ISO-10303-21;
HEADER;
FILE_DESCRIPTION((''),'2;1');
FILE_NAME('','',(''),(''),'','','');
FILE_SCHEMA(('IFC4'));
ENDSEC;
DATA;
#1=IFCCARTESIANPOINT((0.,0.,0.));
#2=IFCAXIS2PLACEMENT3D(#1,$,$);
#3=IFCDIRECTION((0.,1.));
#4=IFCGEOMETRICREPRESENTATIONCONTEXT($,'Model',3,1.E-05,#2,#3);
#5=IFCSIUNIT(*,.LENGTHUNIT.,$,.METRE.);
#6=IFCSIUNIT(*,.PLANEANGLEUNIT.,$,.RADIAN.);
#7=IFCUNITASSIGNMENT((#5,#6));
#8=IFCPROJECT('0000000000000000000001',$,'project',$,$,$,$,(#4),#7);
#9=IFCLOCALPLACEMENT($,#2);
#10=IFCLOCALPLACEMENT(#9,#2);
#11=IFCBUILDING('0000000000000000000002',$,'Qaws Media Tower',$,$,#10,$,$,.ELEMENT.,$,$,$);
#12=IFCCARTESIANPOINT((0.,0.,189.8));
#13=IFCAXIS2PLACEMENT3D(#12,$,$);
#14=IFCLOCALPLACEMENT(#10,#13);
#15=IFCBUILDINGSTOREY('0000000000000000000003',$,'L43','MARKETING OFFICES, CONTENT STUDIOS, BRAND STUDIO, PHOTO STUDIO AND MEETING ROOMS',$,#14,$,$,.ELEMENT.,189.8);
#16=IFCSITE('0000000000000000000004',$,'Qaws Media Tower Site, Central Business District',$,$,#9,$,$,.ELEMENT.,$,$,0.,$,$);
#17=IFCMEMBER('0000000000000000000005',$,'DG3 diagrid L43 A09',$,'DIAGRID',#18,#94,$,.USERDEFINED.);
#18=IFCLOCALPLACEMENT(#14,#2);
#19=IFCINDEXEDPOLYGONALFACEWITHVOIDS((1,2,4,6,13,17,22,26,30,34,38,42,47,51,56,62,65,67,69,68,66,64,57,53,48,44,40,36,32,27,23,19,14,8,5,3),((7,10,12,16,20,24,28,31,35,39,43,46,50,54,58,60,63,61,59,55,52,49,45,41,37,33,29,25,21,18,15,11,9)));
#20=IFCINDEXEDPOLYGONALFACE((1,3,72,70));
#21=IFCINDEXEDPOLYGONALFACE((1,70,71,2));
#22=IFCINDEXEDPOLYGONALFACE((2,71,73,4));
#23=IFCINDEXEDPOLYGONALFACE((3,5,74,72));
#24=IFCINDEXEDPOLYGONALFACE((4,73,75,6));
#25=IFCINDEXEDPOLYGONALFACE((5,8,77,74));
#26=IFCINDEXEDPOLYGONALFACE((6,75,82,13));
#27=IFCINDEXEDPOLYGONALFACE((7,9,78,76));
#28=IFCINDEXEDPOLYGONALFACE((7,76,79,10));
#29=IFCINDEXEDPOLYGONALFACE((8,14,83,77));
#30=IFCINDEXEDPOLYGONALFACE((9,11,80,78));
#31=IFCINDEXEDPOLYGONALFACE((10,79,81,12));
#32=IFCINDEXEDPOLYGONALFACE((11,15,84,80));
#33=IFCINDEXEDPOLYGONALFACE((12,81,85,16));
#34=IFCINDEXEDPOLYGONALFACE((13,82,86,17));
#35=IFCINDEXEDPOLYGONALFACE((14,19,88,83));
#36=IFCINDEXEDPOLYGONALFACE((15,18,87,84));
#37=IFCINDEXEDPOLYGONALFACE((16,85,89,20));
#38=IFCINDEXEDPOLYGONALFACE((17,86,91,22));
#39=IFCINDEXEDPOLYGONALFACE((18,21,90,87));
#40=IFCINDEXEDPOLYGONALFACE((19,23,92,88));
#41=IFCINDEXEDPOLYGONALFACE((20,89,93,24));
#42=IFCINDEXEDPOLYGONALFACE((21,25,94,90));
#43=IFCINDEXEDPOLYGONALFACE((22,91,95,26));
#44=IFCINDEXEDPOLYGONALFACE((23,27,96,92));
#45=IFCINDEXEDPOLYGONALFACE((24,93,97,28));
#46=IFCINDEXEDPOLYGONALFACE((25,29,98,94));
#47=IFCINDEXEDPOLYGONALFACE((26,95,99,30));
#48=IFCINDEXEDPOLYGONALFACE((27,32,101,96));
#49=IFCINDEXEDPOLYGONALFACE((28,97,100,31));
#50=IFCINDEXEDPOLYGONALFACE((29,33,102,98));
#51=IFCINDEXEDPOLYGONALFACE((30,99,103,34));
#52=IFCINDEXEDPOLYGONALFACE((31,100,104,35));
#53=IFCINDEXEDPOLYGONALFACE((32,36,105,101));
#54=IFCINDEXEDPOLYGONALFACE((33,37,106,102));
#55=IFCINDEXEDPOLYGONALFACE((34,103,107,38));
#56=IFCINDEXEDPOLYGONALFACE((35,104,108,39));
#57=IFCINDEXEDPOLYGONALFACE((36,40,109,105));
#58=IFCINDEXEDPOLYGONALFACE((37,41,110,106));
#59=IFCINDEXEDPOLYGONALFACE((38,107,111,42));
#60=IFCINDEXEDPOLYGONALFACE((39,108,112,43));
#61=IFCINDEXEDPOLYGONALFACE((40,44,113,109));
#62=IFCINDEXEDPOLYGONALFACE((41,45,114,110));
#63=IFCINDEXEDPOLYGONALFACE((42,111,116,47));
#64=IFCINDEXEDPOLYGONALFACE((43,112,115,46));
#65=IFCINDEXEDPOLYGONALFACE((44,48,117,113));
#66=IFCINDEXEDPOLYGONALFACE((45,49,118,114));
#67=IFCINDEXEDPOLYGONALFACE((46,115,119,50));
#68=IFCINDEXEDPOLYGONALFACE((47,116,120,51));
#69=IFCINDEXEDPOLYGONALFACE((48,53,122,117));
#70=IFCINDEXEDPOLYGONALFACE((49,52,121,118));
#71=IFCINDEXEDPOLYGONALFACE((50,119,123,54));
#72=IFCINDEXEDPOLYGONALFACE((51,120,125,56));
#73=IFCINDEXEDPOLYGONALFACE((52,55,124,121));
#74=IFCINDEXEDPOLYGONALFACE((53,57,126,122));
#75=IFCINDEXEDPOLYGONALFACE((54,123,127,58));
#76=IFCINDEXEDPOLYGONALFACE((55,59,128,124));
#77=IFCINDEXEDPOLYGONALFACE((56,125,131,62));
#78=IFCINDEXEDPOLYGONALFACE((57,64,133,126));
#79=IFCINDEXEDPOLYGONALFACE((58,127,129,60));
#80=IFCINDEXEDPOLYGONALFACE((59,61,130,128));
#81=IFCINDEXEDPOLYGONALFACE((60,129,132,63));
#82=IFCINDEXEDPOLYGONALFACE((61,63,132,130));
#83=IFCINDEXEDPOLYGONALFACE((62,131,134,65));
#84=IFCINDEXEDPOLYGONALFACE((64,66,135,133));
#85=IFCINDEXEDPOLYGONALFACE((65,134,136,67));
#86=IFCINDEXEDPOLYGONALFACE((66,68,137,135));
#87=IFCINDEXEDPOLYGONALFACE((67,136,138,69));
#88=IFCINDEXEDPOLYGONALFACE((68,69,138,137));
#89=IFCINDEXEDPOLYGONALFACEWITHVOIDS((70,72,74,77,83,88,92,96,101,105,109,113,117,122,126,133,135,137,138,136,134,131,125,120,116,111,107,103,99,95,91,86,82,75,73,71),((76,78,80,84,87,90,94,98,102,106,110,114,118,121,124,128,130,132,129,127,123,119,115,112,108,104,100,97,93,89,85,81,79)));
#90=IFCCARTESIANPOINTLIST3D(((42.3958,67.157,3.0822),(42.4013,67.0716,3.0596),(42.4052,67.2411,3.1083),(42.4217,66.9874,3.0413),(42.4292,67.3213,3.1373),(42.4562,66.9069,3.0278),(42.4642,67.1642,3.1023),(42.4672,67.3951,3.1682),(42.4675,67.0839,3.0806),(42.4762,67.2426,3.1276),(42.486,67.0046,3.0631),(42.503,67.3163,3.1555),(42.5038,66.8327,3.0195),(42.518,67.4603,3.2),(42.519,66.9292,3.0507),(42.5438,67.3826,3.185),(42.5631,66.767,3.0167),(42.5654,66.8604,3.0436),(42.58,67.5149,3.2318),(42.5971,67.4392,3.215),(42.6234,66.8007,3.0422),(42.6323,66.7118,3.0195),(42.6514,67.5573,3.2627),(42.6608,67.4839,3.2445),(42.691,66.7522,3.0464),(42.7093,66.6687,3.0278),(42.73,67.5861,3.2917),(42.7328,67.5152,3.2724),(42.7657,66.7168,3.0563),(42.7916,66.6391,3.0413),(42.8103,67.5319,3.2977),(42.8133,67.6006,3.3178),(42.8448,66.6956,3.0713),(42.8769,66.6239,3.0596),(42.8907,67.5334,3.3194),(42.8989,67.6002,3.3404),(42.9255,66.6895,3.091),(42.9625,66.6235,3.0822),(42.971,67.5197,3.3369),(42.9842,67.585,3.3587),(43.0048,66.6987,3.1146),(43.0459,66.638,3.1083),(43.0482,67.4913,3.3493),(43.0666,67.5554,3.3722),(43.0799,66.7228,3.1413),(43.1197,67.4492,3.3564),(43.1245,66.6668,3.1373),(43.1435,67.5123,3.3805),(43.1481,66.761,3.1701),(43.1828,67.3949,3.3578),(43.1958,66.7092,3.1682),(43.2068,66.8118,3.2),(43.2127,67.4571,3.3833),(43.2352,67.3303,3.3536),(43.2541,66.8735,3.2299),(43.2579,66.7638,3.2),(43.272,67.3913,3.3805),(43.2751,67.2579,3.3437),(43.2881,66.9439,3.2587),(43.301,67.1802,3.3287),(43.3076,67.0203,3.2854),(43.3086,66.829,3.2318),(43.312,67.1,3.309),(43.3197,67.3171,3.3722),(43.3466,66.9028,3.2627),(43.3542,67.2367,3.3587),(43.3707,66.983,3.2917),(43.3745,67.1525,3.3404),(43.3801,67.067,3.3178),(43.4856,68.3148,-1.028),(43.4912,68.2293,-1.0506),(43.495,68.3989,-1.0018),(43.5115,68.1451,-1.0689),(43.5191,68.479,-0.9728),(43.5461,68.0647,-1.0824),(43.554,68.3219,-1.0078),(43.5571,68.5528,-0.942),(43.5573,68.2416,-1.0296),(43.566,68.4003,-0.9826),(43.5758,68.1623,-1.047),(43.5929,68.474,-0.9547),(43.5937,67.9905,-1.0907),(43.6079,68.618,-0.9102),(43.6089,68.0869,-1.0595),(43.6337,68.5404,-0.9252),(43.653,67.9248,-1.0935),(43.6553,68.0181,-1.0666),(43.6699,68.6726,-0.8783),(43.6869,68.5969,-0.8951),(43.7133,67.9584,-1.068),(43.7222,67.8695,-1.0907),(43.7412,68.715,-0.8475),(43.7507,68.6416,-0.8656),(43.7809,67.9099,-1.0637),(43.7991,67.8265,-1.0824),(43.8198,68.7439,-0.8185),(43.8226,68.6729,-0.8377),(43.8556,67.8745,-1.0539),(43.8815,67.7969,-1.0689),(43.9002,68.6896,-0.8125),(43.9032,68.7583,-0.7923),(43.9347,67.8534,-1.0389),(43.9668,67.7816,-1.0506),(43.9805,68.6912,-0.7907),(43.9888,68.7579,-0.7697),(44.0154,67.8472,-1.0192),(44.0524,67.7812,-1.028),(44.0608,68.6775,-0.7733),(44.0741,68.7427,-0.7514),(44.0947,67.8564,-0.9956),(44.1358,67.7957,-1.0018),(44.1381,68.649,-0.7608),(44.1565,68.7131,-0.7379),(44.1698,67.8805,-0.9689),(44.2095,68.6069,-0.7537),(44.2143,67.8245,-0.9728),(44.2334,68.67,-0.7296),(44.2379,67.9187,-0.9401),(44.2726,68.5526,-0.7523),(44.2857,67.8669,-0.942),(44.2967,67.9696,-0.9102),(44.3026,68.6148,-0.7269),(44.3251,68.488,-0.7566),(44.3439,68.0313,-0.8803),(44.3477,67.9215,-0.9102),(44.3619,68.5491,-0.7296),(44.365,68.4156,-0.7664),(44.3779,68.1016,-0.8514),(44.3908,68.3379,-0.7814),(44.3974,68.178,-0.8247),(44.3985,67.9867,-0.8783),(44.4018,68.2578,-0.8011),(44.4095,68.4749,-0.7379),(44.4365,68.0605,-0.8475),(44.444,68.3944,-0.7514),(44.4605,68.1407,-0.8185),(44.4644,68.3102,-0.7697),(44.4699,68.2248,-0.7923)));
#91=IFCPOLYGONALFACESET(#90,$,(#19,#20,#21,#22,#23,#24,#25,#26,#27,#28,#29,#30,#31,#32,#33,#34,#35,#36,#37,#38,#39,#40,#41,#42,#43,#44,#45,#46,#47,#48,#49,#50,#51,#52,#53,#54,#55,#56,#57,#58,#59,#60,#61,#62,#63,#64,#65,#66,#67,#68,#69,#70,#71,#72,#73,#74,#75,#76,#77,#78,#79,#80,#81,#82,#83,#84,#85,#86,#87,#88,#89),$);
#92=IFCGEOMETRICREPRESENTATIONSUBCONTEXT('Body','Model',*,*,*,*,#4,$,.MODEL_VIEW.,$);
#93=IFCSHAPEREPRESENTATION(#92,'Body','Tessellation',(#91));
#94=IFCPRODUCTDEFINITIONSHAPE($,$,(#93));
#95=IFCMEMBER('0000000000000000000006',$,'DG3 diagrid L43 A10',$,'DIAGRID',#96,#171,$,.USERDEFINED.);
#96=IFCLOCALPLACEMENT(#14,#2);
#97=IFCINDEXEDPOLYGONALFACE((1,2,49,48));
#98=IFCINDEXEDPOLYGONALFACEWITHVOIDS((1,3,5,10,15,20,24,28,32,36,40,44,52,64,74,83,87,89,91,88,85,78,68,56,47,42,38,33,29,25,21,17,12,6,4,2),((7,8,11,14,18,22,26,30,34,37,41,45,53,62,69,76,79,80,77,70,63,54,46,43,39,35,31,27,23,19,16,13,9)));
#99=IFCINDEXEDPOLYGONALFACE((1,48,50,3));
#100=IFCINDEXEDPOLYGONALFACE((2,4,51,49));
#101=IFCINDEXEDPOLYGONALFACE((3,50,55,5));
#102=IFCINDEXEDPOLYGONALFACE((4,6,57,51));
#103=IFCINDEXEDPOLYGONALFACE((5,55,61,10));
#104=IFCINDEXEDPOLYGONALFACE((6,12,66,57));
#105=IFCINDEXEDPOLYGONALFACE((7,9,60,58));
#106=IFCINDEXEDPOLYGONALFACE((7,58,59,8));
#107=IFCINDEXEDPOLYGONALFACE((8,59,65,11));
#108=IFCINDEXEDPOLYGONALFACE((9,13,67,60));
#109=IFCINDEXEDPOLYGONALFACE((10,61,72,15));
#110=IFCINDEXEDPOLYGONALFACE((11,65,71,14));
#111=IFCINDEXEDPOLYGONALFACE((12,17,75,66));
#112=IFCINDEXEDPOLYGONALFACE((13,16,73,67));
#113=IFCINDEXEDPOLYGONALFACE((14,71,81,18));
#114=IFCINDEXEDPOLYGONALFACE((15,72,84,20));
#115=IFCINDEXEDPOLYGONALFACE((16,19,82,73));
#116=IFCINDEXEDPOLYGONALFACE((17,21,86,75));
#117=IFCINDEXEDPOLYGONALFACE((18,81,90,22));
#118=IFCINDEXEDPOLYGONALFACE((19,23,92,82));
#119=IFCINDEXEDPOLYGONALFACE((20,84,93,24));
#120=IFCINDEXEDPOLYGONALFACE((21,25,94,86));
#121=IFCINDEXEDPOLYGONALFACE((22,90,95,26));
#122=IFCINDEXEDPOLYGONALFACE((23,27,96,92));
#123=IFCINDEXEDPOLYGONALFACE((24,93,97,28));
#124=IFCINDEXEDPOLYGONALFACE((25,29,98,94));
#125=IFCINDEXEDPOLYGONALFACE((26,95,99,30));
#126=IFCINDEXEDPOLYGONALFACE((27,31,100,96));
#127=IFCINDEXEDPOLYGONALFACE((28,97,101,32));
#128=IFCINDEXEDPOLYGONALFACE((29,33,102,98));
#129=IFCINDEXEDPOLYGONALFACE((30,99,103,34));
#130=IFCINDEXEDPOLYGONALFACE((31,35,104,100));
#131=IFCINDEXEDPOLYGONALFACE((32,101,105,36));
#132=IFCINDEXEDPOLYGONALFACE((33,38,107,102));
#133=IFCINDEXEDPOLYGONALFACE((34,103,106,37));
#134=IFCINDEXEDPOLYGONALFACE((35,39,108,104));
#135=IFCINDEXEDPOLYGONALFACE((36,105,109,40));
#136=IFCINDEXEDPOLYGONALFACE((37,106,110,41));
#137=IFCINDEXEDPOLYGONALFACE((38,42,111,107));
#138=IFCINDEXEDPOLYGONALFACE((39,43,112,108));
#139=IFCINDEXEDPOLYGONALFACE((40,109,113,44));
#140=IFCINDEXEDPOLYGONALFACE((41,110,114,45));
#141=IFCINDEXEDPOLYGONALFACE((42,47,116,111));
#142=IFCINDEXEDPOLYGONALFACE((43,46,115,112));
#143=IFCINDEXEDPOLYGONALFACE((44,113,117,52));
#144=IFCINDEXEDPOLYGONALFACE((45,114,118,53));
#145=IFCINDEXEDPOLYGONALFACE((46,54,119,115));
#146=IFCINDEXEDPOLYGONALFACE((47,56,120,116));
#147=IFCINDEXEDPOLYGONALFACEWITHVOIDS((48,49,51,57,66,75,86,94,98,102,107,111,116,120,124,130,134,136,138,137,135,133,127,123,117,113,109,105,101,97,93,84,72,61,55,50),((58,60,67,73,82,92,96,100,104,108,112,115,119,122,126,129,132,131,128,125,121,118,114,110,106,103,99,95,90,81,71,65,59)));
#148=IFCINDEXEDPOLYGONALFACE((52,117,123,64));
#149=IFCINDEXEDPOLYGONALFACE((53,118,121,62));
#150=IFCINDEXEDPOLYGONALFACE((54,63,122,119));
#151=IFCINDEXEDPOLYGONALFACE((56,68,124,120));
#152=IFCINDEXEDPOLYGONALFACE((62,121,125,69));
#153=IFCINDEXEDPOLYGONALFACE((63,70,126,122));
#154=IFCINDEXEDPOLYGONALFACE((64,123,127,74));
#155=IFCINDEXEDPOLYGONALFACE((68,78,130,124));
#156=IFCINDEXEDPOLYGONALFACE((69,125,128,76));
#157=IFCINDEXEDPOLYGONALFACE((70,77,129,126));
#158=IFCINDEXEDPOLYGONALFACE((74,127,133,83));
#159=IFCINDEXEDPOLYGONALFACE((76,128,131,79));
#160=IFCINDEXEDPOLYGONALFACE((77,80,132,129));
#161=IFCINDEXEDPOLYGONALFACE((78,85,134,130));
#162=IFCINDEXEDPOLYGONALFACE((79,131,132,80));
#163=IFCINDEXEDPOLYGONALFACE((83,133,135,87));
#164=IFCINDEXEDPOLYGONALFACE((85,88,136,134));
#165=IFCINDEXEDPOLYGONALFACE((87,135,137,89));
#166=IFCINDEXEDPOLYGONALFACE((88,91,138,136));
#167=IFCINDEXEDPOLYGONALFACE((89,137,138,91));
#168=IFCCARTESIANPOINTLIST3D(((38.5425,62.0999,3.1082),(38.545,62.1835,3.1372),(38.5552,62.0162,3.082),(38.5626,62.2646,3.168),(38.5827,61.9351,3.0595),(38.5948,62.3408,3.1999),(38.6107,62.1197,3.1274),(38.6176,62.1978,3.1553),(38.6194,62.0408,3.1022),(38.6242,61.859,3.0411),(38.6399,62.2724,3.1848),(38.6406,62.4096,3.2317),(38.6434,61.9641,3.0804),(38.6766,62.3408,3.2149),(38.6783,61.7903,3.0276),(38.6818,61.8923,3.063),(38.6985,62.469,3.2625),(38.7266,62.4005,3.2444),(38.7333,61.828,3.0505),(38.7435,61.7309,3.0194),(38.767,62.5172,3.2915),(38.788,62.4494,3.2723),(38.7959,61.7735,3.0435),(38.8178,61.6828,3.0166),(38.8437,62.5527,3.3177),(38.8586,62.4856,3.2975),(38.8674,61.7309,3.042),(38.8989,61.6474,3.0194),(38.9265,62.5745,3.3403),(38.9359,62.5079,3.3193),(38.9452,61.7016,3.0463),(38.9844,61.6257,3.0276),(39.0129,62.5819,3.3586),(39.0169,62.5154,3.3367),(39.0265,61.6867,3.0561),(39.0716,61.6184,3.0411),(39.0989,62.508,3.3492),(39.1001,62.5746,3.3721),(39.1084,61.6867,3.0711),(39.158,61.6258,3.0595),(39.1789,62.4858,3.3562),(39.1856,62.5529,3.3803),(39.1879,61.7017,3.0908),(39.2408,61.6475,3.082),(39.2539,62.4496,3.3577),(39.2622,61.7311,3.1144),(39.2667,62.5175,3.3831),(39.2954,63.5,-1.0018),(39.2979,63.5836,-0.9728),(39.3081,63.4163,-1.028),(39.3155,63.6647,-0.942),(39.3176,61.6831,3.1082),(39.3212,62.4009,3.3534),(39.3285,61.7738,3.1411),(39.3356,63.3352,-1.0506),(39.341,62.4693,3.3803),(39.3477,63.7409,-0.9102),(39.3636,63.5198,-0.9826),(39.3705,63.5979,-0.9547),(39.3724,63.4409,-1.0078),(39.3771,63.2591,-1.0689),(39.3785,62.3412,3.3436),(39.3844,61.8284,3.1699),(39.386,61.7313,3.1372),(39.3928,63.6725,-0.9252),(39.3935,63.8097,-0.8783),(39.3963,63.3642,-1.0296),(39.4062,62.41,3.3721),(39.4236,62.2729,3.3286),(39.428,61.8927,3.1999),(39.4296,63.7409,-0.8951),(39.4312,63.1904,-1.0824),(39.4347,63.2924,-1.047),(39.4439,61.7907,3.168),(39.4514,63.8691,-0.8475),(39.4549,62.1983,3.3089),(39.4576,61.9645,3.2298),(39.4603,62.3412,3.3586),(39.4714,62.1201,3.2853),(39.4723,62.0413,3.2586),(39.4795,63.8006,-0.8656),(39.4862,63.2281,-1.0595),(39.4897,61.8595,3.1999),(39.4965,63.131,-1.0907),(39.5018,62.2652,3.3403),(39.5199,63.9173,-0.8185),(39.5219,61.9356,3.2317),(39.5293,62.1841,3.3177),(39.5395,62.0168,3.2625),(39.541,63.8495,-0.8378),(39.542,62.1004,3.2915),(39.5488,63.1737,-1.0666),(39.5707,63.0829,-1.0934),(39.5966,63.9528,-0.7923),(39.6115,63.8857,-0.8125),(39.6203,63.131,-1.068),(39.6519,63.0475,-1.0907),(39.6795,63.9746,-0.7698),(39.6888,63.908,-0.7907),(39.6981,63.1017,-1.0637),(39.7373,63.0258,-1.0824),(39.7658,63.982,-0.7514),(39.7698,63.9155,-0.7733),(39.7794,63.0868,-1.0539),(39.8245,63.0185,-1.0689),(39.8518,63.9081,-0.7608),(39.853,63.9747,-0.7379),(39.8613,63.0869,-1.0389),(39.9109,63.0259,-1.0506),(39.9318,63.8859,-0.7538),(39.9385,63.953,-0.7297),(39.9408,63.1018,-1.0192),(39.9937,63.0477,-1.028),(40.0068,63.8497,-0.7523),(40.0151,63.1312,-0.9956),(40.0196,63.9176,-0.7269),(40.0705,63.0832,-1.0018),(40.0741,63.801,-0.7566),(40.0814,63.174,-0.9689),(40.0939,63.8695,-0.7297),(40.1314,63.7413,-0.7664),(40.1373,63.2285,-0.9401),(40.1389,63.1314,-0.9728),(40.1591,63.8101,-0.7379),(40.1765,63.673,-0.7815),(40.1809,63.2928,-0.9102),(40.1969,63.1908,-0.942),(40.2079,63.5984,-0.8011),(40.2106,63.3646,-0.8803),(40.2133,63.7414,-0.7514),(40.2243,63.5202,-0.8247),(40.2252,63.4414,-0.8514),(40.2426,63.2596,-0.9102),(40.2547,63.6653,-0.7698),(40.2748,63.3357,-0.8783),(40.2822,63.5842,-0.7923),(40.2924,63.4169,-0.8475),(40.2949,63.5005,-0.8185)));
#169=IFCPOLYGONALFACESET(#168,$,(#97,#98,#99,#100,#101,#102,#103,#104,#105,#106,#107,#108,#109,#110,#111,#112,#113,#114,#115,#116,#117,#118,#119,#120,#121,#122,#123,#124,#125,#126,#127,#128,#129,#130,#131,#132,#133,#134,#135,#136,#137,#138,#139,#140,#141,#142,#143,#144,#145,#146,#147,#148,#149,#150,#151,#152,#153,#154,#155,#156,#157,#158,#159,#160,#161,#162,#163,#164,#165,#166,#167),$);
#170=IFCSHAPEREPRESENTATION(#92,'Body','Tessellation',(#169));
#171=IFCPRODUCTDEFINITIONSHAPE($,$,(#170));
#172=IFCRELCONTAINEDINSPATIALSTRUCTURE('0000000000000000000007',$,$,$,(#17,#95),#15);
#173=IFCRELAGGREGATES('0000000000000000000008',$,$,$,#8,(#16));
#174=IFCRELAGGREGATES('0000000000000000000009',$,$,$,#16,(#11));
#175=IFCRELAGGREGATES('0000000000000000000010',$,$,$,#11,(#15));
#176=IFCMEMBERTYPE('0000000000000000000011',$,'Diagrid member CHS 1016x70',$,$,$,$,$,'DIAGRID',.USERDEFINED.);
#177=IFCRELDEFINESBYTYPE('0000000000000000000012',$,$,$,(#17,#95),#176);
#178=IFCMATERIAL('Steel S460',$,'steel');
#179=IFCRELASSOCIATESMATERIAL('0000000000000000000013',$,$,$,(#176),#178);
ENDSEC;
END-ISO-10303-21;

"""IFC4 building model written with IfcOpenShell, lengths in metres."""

from ifc_helpers import new_model, si_unit, direction, frame, origin, origin_2d, place, context, subcontext, project, spatial, hollow_circle, extrude, material, material_profile, profile_set, type_object, element, save


model = new_model("IFC4")

# Units and contexts
model_context = context("Model", 3, precision=1e-05, world=origin(), true_north=direction((0.0, 1.0)))
body_context = subcontext(model_context, "Body", "Model", "MODEL_VIEW")
ifc_project = project(units=[si_unit("LENGTHUNIT", "METRE"), si_unit("PLANEANGLEUNIT", "RADIAN")], contexts=[model_context])

# Site, building, storey
site_placement = place(None, origin())
site = spatial("IfcSite", under=ifc_project, at=site_placement, Name="Qaws Media Tower Site, Central Business District", CompositionType="ELEMENT", RefElevation=0.0)
building_placement = place(site_placement, origin())
building = spatial("IfcBuilding", under=site, at=building_placement, Name="Qaws Media Tower", CompositionType="ELEMENT")
storey_placement = place(building_placement, frame((0.0, 0.0, 189.8)))
storey = spatial("IfcBuildingStorey", under=building, at=storey_placement, Name="L43", Description="MARKETING OFFICES, CONTENT STUDIOS, BRAND STUDIO, PHOTO STUDIO AND MEETING ROOMS", CompositionType="ELEMENT", Elevation=189.8)

# Members
ifc_material_1 = material(Name="Steel S460", Category="steel")
ifc_material_profile_1 = material_profile(ifc_material_1, hollow_circle(Radius=0.5081, WallThickness=0.0701, at=origin_2d()), Name="CHS 1016x70")
ifc_profile_set_1 = profile_set([ifc_material_profile_1], Name="Steel S460")
member_type_1 = type_object("IfcMemberType", Name="Diagrid member CHS 1016x70", ElementType="DIAGRID", PredefinedType="USERDEFINED", material=ifc_profile_set_1)
member_1_placement = place(storey_placement, frame((43.9778, 68.2698, -0.9102), z_axis=(-0.247302, -0.262703, 0.932646), x_axis=(0.728128, -0.685441, 0.0)))
element("IfcMember", 1, at=member_1_placement, inside=storey, type_object=member_type_1, Name="DG3 diagrid L43 A09", ObjectType="DIAGRID", PredefinedType="USERDEFINED", context=body_context, shape_type="SweptSolid", body=[
    extrude(hollow_circle(Radius=0.5081, WallThickness=0.0701, at=origin_2d()), origin(), (0.0, 0.0, 1.0), 4.407),
])
member_2_placement = place(storey_placement, frame((39.7952, 63.5002, -0.9102), z_axis=(-0.170855, -0.317721, 0.932664), x_axis=(0.880732, -0.473614, 0.0)))
element("IfcMember", 2, at=member_2_placement, inside=storey, type_object=member_type_1, Name="DG3 diagrid L43 A10", ObjectType="DIAGRID", PredefinedType="USERDEFINED", context=body_context, shape_type="SweptSolid", body=[
    extrude(hollow_circle(Radius=0.5081, WallThickness=0.0701, at=origin_2d()), origin(), (0.0, 0.0, 1.0), 4.4067),
])

save(model, "model.ifc")
